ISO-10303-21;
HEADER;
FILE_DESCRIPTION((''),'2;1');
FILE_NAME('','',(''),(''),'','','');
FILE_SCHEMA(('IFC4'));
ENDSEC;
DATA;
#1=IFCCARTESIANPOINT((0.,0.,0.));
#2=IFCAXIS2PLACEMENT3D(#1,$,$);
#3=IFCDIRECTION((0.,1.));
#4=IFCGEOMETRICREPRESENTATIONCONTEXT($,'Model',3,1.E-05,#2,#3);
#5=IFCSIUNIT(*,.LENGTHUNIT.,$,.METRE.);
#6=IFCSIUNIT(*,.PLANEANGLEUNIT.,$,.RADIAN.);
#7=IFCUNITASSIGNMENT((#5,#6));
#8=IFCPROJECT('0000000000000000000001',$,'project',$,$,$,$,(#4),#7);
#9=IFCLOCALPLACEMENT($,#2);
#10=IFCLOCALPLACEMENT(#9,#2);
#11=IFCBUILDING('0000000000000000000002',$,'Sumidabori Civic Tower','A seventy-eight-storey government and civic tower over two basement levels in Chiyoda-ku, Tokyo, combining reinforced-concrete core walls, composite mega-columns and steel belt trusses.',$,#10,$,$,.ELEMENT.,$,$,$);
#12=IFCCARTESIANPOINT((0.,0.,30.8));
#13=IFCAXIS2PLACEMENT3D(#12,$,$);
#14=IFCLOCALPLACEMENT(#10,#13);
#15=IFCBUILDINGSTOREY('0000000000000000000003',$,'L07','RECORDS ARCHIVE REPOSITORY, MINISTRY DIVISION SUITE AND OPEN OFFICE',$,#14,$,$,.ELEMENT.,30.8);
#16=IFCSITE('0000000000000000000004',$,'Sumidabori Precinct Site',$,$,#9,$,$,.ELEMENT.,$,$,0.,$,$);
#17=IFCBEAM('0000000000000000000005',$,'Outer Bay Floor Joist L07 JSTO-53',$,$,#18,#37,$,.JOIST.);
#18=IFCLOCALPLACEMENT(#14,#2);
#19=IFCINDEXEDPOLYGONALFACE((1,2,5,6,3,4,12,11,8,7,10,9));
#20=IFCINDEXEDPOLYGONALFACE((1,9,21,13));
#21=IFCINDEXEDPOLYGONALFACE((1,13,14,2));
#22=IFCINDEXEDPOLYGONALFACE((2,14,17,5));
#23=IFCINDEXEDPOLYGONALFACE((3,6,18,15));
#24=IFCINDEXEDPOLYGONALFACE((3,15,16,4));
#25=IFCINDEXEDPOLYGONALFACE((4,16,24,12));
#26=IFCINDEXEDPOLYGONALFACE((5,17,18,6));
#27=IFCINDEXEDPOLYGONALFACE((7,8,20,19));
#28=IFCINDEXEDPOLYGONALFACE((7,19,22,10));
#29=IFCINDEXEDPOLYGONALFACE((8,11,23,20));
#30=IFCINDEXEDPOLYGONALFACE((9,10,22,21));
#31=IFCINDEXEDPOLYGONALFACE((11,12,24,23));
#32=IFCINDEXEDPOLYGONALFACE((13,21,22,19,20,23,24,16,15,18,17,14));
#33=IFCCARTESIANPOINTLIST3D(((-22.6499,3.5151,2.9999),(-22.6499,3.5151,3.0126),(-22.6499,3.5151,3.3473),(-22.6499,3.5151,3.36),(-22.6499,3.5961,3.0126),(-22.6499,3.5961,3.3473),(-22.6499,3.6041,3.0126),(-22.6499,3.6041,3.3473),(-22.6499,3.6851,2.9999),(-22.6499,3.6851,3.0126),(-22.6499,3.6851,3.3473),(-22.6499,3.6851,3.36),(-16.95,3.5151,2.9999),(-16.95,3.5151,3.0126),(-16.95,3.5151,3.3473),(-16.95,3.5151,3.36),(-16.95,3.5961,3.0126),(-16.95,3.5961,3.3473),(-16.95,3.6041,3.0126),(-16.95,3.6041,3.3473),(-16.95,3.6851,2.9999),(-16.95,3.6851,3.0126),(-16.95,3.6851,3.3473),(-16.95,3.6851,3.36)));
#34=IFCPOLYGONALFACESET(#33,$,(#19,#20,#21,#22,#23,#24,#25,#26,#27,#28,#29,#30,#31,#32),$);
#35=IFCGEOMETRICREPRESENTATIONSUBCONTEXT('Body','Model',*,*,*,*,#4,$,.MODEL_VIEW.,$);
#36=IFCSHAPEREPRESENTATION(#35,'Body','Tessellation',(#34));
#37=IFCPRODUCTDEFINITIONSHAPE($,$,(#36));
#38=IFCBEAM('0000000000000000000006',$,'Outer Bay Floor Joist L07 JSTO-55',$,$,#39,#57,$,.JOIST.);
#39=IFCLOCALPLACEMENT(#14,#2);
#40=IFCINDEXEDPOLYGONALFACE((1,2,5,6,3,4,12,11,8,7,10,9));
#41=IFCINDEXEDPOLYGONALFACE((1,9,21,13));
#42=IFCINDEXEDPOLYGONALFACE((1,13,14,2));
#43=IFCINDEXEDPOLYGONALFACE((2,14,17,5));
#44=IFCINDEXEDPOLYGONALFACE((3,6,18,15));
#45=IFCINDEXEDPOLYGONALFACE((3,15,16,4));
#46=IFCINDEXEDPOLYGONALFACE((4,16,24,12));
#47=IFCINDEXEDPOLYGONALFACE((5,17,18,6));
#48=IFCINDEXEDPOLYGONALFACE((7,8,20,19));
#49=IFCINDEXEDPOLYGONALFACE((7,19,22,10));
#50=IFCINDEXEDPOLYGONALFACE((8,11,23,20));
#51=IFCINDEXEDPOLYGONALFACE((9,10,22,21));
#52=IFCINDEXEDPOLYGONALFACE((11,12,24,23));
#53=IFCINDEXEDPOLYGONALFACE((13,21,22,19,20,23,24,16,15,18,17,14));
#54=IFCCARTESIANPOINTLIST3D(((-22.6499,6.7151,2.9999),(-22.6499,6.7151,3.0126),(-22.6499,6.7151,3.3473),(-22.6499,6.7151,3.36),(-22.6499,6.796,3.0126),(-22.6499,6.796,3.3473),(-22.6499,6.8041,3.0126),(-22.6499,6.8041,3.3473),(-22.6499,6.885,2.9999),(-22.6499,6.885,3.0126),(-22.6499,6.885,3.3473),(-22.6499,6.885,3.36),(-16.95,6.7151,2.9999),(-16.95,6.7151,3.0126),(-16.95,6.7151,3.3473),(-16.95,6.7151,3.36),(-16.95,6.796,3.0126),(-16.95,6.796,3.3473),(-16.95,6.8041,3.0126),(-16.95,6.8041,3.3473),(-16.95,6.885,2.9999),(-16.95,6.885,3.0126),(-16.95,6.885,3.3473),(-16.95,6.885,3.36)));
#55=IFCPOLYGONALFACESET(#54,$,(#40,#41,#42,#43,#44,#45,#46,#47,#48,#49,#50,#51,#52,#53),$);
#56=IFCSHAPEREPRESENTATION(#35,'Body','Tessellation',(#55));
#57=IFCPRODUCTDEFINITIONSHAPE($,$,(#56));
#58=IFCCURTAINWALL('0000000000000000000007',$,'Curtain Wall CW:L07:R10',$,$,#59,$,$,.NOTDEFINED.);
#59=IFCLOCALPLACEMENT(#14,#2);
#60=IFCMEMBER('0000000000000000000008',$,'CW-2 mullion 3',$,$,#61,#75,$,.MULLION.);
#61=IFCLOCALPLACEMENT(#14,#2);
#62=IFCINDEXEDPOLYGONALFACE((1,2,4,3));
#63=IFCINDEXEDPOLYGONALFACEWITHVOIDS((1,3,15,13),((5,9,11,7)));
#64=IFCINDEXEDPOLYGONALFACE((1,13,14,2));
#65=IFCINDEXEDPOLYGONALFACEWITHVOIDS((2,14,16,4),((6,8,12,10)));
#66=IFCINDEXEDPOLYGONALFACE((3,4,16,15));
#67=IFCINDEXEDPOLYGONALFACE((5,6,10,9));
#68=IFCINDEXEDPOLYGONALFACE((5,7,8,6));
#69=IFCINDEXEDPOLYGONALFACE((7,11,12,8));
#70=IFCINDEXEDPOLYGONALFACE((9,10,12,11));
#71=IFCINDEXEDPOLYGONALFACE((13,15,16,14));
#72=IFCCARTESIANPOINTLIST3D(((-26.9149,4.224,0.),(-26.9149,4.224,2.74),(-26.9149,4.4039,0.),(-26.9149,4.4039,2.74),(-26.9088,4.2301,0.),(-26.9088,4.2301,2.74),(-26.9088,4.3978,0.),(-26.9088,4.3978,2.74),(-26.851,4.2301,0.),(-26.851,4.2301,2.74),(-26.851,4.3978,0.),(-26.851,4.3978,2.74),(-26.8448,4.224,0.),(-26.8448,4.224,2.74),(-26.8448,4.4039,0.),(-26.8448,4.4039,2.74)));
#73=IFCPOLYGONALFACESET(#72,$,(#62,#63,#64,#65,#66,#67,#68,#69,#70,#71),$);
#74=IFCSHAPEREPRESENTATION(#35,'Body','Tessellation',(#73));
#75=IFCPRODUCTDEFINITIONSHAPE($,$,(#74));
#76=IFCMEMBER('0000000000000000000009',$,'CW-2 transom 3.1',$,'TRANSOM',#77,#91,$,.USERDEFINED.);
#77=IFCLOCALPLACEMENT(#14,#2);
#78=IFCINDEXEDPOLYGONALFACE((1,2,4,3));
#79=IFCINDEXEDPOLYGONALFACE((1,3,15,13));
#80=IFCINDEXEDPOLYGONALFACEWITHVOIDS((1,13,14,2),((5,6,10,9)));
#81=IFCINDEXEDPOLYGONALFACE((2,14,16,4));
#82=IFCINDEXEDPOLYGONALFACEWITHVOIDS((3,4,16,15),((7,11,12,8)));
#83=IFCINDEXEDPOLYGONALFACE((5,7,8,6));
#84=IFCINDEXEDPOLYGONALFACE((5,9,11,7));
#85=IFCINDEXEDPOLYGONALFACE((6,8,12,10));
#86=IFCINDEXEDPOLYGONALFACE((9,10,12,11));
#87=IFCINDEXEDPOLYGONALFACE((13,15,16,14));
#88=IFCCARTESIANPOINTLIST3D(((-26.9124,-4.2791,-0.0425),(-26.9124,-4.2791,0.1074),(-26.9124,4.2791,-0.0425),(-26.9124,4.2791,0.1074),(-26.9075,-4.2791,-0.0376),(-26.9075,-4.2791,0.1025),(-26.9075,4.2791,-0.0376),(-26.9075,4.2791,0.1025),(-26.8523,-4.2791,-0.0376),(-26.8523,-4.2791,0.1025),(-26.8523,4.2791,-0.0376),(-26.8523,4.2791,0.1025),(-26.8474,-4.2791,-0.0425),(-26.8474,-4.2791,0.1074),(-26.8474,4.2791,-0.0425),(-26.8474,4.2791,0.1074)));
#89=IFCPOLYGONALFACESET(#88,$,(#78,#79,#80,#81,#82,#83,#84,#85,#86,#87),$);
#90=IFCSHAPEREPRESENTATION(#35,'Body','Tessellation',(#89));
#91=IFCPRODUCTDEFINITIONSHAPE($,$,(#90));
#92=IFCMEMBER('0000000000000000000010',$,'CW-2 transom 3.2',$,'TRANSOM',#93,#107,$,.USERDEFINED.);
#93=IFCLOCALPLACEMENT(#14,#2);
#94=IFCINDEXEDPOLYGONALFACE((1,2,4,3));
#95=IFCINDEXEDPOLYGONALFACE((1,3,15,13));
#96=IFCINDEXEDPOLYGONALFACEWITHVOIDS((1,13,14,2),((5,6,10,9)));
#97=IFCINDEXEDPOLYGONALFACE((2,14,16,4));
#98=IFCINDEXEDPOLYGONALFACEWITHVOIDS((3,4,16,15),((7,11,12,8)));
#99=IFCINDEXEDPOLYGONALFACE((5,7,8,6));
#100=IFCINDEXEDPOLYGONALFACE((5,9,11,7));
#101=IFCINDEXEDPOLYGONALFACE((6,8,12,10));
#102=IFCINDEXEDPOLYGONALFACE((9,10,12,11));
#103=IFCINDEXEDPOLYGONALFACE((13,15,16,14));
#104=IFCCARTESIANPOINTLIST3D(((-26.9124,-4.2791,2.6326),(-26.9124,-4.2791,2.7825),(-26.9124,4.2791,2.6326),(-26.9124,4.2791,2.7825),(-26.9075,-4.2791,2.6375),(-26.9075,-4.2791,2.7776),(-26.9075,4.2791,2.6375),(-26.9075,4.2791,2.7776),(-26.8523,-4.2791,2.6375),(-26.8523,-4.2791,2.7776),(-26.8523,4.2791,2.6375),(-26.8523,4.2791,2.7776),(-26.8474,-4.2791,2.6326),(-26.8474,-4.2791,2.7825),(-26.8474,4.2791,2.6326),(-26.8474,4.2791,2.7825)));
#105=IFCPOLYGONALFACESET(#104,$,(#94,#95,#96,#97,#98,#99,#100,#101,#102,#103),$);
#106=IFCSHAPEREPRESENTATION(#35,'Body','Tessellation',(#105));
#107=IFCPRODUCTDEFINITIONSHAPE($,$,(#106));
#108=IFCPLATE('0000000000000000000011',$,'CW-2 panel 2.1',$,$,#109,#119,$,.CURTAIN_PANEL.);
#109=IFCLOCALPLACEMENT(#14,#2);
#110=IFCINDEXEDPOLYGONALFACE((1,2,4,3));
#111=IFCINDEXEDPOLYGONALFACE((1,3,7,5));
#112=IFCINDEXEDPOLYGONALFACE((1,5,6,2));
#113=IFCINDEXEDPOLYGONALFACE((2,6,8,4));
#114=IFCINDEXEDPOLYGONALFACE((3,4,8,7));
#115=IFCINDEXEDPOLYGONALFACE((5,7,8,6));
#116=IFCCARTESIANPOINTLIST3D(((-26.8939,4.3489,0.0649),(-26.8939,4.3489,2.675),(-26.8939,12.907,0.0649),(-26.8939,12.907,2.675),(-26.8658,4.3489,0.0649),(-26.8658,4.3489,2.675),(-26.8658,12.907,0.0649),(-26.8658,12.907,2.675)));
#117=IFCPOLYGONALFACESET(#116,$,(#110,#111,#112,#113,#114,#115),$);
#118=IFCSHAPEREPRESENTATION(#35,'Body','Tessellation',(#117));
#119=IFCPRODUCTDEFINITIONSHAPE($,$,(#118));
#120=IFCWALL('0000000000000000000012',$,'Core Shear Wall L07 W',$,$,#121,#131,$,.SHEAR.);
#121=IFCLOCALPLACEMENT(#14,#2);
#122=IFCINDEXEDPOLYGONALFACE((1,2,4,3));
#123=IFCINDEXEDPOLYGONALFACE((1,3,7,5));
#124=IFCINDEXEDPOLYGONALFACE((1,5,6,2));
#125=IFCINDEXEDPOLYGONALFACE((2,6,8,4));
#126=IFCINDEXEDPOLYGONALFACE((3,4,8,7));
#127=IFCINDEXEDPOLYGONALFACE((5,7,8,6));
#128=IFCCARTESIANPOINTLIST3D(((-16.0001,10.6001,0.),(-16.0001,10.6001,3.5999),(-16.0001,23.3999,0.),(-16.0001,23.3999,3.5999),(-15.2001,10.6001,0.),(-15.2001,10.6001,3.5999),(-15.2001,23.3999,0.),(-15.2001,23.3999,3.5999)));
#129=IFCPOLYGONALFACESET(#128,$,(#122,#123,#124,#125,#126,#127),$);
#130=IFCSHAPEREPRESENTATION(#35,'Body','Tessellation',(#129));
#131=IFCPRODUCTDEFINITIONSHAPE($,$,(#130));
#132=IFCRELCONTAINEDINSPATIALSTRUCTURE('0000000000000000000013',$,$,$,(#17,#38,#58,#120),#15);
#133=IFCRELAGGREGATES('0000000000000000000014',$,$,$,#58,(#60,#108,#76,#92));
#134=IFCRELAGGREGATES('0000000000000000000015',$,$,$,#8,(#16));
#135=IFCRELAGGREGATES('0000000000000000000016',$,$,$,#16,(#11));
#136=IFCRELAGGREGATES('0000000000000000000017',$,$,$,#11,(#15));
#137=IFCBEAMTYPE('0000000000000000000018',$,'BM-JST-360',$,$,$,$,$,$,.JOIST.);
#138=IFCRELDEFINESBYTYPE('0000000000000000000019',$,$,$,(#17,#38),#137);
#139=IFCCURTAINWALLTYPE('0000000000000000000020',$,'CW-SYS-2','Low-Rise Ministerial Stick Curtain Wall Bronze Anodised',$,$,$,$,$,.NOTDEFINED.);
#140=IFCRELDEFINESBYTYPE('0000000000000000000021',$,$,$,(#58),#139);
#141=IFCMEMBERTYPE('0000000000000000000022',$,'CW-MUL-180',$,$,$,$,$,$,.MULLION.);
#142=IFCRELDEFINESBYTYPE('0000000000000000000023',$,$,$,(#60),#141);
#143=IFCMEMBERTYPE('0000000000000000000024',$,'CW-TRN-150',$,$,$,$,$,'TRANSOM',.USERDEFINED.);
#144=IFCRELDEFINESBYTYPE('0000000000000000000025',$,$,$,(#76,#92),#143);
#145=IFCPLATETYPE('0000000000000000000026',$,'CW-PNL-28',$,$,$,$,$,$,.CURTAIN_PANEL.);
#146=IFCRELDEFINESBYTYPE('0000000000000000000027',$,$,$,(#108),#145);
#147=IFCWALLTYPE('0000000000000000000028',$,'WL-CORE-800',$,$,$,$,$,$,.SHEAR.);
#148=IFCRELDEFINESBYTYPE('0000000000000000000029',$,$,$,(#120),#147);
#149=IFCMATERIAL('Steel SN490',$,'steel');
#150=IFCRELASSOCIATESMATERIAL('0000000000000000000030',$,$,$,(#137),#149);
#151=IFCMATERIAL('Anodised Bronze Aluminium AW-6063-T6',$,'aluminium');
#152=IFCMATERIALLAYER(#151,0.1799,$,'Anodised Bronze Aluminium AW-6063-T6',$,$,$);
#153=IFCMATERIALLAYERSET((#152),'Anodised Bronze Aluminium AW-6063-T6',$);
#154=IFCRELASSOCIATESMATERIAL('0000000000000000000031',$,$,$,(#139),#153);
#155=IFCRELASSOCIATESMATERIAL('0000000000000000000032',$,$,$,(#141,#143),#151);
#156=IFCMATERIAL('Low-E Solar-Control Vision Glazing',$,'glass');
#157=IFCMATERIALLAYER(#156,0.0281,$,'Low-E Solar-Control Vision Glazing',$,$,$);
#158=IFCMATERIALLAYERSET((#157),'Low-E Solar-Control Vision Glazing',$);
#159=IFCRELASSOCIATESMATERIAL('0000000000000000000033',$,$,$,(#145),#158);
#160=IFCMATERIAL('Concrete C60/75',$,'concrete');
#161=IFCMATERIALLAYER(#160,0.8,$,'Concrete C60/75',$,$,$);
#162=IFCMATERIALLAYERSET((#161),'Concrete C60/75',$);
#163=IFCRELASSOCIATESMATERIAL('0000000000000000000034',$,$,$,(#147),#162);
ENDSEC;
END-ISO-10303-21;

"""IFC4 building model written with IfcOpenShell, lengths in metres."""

from ifc_helpers import new_model, si_unit, direction, frame, frame_2d, origin, origin_2d, place, context, subcontext, project, spatial, rectangle, hollow_rectangle, i_section, extrude, source, transform, mapped, material, layer, layer_set, material_profile, profile_set, type_object, element, aggregate, save


model = new_model("IFC4")

# Units and contexts
model_context = context("Model", 3, precision=1e-05, world=origin(), true_north=direction((0.0, 1.0)))
body_context = subcontext(model_context, "Body", "Model", "MODEL_VIEW")
ifc_project = project(units=[si_unit("LENGTHUNIT", "METRE"), si_unit("PLANEANGLEUNIT", "RADIAN")], contexts=[model_context])

# Site, building, storey
site_placement = place(None, origin())
site = spatial("IfcSite", under=ifc_project, at=site_placement, Name="Sumidabori Precinct Site", CompositionType="ELEMENT", RefElevation=0.0)
building_placement = place(site_placement, origin())
building = spatial("IfcBuilding", under=site, at=building_placement, Name="Sumidabori Civic Tower", Description="A seventy-eight-storey government and civic tower over two basement levels in Chiyoda-ku, Tokyo, combining reinforced-concrete core walls, composite mega-columns and steel belt trusses.", CompositionType="ELEMENT")
storey_placement = place(building_placement, frame((0.0, 0.0, 30.8)))
storey = spatial("IfcBuildingStorey", under=building, at=storey_placement, Name="L07", Description="RECORDS ARCHIVE REPOSITORY, MINISTRY DIVISION SUITE AND OPEN OFFICE", CompositionType="ELEMENT", Elevation=30.8)

# Shared definitions
ifc_material_1 = material(Name="Concrete C60/75", Category="concrete")

# Beams
ifc_material_2 = material(Name="Steel SN490", Category="steel")
ifc_material_profile_1 = material_profile(ifc_material_2, i_section(OverallWidth=0.1699, OverallDepth=0.3601, WebThickness=0.0081, FlangeThickness=0.0127, at=origin_2d()), Name="IPE 360")
ifc_profile_set_1 = profile_set([ifc_material_profile_1], Name="Steel SN490")
beam_type_1 = type_object("IfcBeamType", Name="BM-JST-360", PredefinedType="JOIST", material=ifc_profile_set_1)
shared_shape_1 = source(origin(), body_context, "Body", "SweptSolid", [
    extrude(i_section(OverallWidth=0.1699, OverallDepth=0.3601, WebThickness=0.0081, FlangeThickness=0.0127, at=origin_2d()), origin(), (0.0, 0.0, 1.0), 5.7),
])
for number, where, z_axis, x_axis, name in (
    (1, (-22.6499, 3.6001, 3.1799), (1.0, 0.0, 0.0), (0.0, 1.0, 0.0), "Outer Bay Floor Joist L07 JSTO-53"),
    (2, (-22.6499, 6.8, 3.1799), (1.0, 0.0, 0.0), (0.0, 1.0, 0.0), "Outer Bay Floor Joist L07 JSTO-55"),
):
    element("IfcBeam", number, at=place(storey_placement, frame(where, z_axis=z_axis, x_axis=x_axis)), inside=storey, type_object=beam_type_1, Name=name, PredefinedType="JOIST", context=body_context, shape_type="MappedRepresentation", body=[
        mapped(shared_shape_1, transform((0.0, 0.0, 0.0), x_axis=(1.0, 0.0, 0.0), y_axis=(0.0, 1.0, 0.0), z_axis=(0.0, 0.0, 1.0), scale=1.0)),
    ])

# Curtain wall, members, plate
ifc_material_3 = material(Name="Anodised Bronze Aluminium AW-6063-T6", Category="aluminium")
ifc_layer_1 = layer(ifc_material_3, 0.1799, Name="Anodised Bronze Aluminium AW-6063-T6")
ifc_layer_set_1 = layer_set([ifc_layer_1], Name="Anodised Bronze Aluminium AW-6063-T6")
curtain_wall_type = type_object("IfcCurtainWallType", Name="CW-SYS-2", Description="Low-Rise Ministerial Stick Curtain Wall Bronze Anodised", PredefinedType="NOTDEFINED", material=ifc_layer_set_1)
curtain_wall_placement = place(storey_placement, origin())
curtain_wall = element("IfcCurtainWall", 3, at=curtain_wall_placement, inside=storey, type_object=curtain_wall_type, Name="Curtain Wall CW:L07:R10", PredefinedType="NOTDEFINED")
ifc_material_profile_2 = material_profile(ifc_material_3, hollow_rectangle(XDim=0.0701, YDim=0.1799, WallThickness=0.0061, at=origin_2d()), Name="ALU MULLION 180x70")
ifc_profile_set_2 = profile_set([ifc_material_profile_2], Name="Anodised Bronze Aluminium AW-6063-T6")
member_type_1 = type_object("IfcMemberType", Name="CW-MUL-180", PredefinedType="MULLION", material=ifc_profile_set_2)
shared_shape_2 = source(origin(), body_context, "Body", "SweptSolid", [
    extrude(hollow_rectangle(XDim=0.0701, YDim=0.1799, WallThickness=0.0061, at=origin_2d()), origin(), (0.0, 0.0, 1.0), 2.74),
])
member_1_placement = place(storey_placement, frame((-26.8799, 4.314, 0.0), z_axis=(0.0, 0.0, 1.0), x_axis=(1.0, 0.0, 0.0)))
member_1 = element("IfcMember", 4, at=member_1_placement, type_object=member_type_1, Name="CW-2 mullion 3", PredefinedType="MULLION", context=body_context, shape_type="MappedRepresentation", body=[
    mapped(shared_shape_2, transform((0.0, 0.0, 0.0), x_axis=(1.0, 0.0, 0.0), y_axis=(0.0, 1.0, 0.0), z_axis=(0.0, 0.0, 1.0), scale=1.0)),
])
ifc_material_profile_3 = material_profile(ifc_material_3, hollow_rectangle(XDim=0.0649, YDim=0.1499, WallThickness=0.0049, at=origin_2d()), Name="ALU TRANSOM 150x65")
ifc_profile_set_3 = profile_set([ifc_material_profile_3], Name="Anodised Bronze Aluminium AW-6063-T6")
member_type_2 = type_object("IfcMemberType", Name="CW-TRN-150", ElementType="TRANSOM", PredefinedType="USERDEFINED", material=ifc_profile_set_3)
shared_shape_3 = source(origin(), body_context, "Body", "SweptSolid", [
    extrude(hollow_rectangle(XDim=0.0649, YDim=0.1499, WallThickness=0.0049, at=origin_2d()), origin(), (0.0, 0.0, 1.0), 8.5581),
])
member_2_placement = place(storey_placement, frame((-26.8799, 4.2791, 0.0325), z_axis=(0.0, -1.0, 0.0), x_axis=(1.0, 0.0, 0.0)))
member_2 = element("IfcMember", 5, at=member_2_placement, type_object=member_type_2, Name="CW-2 transom 3.1", ObjectType="TRANSOM", PredefinedType="USERDEFINED", context=body_context, shape_type="MappedRepresentation", body=[
    mapped(shared_shape_3, transform((0.0, 0.0, 0.0), x_axis=(1.0, 0.0, 0.0), y_axis=(0.0, 1.0, 0.0), z_axis=(0.0, 0.0, 1.0), scale=1.0)),
])
member_3_placement = place(storey_placement, frame((-26.8799, 4.2791, 2.7075), z_axis=(0.0, -1.0, 0.0), x_axis=(1.0, 0.0, 0.0)))
member_3 = element("IfcMember", 6, at=member_3_placement, type_object=member_type_2, Name="CW-2 transom 3.2", ObjectType="TRANSOM", PredefinedType="USERDEFINED", context=body_context, shape_type="MappedRepresentation", body=[
    mapped(shared_shape_3, transform((0.0, 0.0, 0.0), x_axis=(1.0, 0.0, 0.0), y_axis=(0.0, 1.0, 0.0), z_axis=(0.0, 0.0, 1.0), scale=1.0)),
])
ifc_material_4 = material(Name="Low-E Solar-Control Vision Glazing", Category="glass")
ifc_layer_2 = layer(ifc_material_4, 0.0281, Name="Low-E Solar-Control Vision Glazing")
ifc_layer_set_2 = layer_set([ifc_layer_2], Name="Low-E Solar-Control Vision Glazing")
plate_type = type_object("IfcPlateType", Name="CW-PNL-28", PredefinedType="CURTAIN_PANEL", material=ifc_layer_set_2)
shared_shape_4 = source(origin(), body_context, "Body", "SweptSolid", [
    extrude(rectangle(XDim=8.5581, YDim=0.0281, at=origin_2d()), origin(), (0.0, 0.0, 1.0), 2.6101),
])
plate_placement = place(storey_placement, frame((-26.8799, 8.6279, 0.0649), z_axis=(0.0, 0.0, 1.0), x_axis=(0.0, -1.0, 0.0)))
plate = element("IfcPlate", 7, at=plate_placement, type_object=plate_type, Name="CW-2 panel 2.1", PredefinedType="CURTAIN_PANEL", context=body_context, shape_type="MappedRepresentation", body=[
    mapped(shared_shape_4, transform((0.0, 0.0, 0.0), x_axis=(1.0, 0.0, 0.0), y_axis=(0.0, 1.0, 0.0), z_axis=(0.0, 0.0, 1.0), scale=1.0)),
])
aggregate(curtain_wall, [member_1, plate, member_2, member_3])

# Shared definitions
ifc_layer_3 = layer(ifc_material_1, 0.8, Name="Concrete C60/75")
ifc_layer_set_3 = layer_set([ifc_layer_3], Name="Concrete C60/75")
wall_type_1 = type_object("IfcWallType", Name="WL-CORE-800", PredefinedType="SHEAR", material=ifc_layer_set_3)

# Wall
shared_shape_5 = source(origin(), body_context, "Body", "SweptSolid", [
    extrude(rectangle(XDim=12.7998, YDim=0.8, at=frame_2d((6.3999, 0.0))), origin(), (0.0, 0.0, 1.0), 3.5999),
])
wall_1_placement = place(storey_placement, frame((-15.6001, 10.6001, 0.0), z_axis=(0.0, 0.0, 1.0), x_axis=(0.0, 1.0, 0.0)))
element("IfcWall", 8, at=wall_1_placement, inside=storey, type_object=wall_type_1, Name="Core Shear Wall L07 W", PredefinedType="SHEAR", context=body_context, shape_type="MappedRepresentation", body=[
    mapped(shared_shape_5, transform((0.0, 0.0, 0.0), x_axis=(1.0, 0.0, 0.0), y_axis=(0.0, 1.0, 0.0), z_axis=(0.0, 0.0, 1.0), scale=1.0)),
])

save(model, "model.ifc")
